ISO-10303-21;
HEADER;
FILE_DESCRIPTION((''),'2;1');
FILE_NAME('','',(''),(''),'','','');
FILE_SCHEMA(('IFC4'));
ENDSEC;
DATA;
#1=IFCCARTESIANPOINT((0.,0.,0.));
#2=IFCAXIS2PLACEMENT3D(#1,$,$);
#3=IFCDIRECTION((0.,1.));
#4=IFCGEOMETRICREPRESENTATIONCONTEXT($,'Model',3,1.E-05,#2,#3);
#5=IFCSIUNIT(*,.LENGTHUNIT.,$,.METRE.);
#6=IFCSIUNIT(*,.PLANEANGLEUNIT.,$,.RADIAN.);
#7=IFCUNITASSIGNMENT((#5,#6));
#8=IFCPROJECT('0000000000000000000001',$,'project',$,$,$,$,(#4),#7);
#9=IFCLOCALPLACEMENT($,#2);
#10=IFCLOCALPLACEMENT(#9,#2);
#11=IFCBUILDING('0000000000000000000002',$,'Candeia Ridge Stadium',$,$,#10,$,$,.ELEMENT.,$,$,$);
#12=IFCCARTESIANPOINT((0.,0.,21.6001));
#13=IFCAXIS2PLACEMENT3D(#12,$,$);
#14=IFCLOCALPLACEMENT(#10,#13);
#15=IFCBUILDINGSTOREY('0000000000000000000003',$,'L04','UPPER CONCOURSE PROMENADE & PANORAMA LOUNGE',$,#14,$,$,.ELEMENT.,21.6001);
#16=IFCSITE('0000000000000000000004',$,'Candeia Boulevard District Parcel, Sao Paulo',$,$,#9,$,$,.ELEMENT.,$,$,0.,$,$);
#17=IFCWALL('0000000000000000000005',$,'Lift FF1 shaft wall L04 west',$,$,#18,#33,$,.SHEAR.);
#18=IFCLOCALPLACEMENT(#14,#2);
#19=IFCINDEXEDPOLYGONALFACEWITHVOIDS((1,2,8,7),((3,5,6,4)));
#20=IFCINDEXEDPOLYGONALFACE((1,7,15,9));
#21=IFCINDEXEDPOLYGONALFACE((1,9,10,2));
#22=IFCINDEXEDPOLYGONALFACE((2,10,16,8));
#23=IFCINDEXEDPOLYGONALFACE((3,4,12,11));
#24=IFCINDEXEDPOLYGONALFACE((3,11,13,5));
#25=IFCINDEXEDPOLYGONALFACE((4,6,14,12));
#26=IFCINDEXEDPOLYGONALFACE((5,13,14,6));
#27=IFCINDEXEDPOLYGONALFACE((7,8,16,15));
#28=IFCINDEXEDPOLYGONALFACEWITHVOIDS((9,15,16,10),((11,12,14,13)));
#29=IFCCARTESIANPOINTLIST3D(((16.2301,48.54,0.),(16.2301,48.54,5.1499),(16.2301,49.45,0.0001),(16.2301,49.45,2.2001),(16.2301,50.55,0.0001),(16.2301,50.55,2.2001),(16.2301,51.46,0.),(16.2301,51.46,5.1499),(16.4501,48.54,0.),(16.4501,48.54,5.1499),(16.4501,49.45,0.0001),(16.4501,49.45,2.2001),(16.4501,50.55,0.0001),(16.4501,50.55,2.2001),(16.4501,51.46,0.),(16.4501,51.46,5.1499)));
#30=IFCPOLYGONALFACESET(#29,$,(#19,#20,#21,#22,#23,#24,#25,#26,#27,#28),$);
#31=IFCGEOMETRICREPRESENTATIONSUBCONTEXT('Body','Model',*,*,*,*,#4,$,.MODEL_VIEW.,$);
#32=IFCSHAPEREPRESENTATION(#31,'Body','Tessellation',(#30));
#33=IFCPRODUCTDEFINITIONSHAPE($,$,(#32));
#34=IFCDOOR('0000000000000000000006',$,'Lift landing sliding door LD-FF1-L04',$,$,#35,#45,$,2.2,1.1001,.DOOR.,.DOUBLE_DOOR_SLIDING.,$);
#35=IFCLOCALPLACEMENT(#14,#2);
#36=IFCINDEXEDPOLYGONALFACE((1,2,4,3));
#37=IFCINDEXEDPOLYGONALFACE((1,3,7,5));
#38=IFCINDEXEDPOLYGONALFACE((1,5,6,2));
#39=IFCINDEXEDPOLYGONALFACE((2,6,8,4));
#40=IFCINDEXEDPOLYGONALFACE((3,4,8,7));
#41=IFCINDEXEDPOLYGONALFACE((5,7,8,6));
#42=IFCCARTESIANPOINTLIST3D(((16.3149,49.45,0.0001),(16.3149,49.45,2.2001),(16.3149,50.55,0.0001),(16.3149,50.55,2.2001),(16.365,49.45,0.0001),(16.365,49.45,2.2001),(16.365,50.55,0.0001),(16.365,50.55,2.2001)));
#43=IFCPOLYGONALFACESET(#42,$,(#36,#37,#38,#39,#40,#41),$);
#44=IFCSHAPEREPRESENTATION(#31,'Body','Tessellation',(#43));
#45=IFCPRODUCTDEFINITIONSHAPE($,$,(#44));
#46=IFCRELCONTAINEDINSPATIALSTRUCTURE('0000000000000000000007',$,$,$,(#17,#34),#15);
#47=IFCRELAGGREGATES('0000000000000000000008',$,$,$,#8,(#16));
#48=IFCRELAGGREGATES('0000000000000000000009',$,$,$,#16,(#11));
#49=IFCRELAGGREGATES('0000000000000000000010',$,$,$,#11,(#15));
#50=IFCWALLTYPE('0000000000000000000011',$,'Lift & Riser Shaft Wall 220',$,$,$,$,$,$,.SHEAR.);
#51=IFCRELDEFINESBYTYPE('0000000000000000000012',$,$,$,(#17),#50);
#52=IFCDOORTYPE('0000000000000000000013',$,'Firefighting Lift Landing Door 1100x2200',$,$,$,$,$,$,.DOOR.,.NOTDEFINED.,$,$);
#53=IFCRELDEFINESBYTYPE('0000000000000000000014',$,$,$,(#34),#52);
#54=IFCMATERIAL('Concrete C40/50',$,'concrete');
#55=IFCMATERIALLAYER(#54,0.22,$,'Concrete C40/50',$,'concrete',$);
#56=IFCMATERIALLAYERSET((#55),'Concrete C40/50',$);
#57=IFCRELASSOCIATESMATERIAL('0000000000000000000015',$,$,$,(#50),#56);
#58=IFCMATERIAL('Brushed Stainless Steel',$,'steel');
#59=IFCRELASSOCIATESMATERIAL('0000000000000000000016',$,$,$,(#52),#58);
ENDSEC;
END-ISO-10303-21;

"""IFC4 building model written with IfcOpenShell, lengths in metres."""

from ifc_helpers import new_model, si_unit, direction, frame, frame_2d, origin, place, context, subcontext, project, spatial, rectangle, extrude, material, layer, layer_set, type_object, element, fill, save


model = new_model("IFC4")

# Units and contexts
model_context = context("Model", 3, precision=1e-05, world=origin(), true_north=direction((0.0, 1.0)))
body_context = subcontext(model_context, "Body", "Model", "MODEL_VIEW")
ifc_project = project(units=[si_unit("LENGTHUNIT", "METRE"), si_unit("PLANEANGLEUNIT", "RADIAN")], contexts=[model_context])

# Site, building, storey
site_placement = place(None, origin())
site = spatial("IfcSite", under=ifc_project, at=site_placement, Name="Candeia Boulevard District Parcel, Sao Paulo", CompositionType="ELEMENT", RefElevation=0.0)
building_placement = place(site_placement, origin())
building = spatial("IfcBuilding", under=site, at=building_placement, Name="Candeia Ridge Stadium", CompositionType="ELEMENT")
storey_placement = place(building_placement, frame((0.0, 0.0, 21.6001)))
storey = spatial("IfcBuildingStorey", under=building, at=storey_placement, Name="L04", Description="UPPER CONCOURSE PROMENADE & PANORAMA LOUNGE", CompositionType="ELEMENT", Elevation=21.6001)

# Shared definitions
ifc_material_1 = material(Name="Concrete C40/50", Category="concrete")

# Shared definitions
ifc_layer_1 = layer(ifc_material_1, 0.22, Name="Concrete C40/50", Category="concrete")
ifc_layer_set_1 = layer_set([ifc_layer_1], Name="Concrete C40/50")
wall_type_1 = type_object("IfcWallType", Name="Lift & Riser Shaft Wall 220", PredefinedType="SHEAR", material=ifc_layer_set_1)

# Wall, opening, door
wall_1_placement = place(storey_placement, frame((16.3401, 51.46, 0.0), z_axis=(0.0, 0.0, 1.0), x_axis=(0.0, -1.0, 0.0)))
wall_1 = element("IfcWall", 1, at=wall_1_placement, inside=storey, type_object=wall_type_1, Name="Lift FF1 shaft wall L04 west", PredefinedType="SHEAR", context=body_context, shape_type="SweptSolid", body=[
    extrude(rectangle(XDim=2.9199, YDim=0.22, at=frame_2d((1.46, 0.0))), origin(), (0.0, 0.0, 1.0), 5.1499),
])
opening_1_placement = place(wall_1_placement, frame((0.9099, 0.0, 0.0)))
opening_1 = element("IfcOpeningElement", 2, at=opening_1_placement, cuts=wall_1, PredefinedType="OPENING", context=body_context, shape_type="SweptSolid", body=[
    extrude(rectangle(XDim=1.1001, YDim=2.2, at=frame_2d((0.55, 1.1001))), frame((0.0, 0.1199, 0.0), z_axis=(0.0, -1.0, 0.0), x_axis=(1.0, 0.0, 0.0)), (0.0, 0.0, 1.0), 0.24),
])
ifc_material_2 = material(Name="Brushed Stainless Steel", Category="steel")
door_type_1 = type_object("IfcDoorType", Name="Firefighting Lift Landing Door 1100x2200", OperationType="NOTDEFINED", PredefinedType="DOOR", material=ifc_material_2)
door_1_placement = place(opening_1_placement, origin())
door_1 = element("IfcDoor", 3, at=door_1_placement, inside=storey, type_object=door_type_1, Name="Lift landing sliding door LD-FF1-L04", OperationType="DOUBLE_DOOR_SLIDING", OverallHeight=2.2, OverallWidth=1.1001, PredefinedType="DOOR", context=body_context, shape_type="SweptSolid", body=[
    extrude(rectangle(XDim=1.1001, YDim=2.2, at=frame_2d((0.55, 1.1001))), frame((0.0, 0.0249, 0.0), z_axis=(0.0, -1.0, 0.0), x_axis=(1.0, 0.0, 0.0)), (0.0, 0.0, 1.0), 0.05),
])
fill(opening_1, door_1)

save(model, "model.ifc")
